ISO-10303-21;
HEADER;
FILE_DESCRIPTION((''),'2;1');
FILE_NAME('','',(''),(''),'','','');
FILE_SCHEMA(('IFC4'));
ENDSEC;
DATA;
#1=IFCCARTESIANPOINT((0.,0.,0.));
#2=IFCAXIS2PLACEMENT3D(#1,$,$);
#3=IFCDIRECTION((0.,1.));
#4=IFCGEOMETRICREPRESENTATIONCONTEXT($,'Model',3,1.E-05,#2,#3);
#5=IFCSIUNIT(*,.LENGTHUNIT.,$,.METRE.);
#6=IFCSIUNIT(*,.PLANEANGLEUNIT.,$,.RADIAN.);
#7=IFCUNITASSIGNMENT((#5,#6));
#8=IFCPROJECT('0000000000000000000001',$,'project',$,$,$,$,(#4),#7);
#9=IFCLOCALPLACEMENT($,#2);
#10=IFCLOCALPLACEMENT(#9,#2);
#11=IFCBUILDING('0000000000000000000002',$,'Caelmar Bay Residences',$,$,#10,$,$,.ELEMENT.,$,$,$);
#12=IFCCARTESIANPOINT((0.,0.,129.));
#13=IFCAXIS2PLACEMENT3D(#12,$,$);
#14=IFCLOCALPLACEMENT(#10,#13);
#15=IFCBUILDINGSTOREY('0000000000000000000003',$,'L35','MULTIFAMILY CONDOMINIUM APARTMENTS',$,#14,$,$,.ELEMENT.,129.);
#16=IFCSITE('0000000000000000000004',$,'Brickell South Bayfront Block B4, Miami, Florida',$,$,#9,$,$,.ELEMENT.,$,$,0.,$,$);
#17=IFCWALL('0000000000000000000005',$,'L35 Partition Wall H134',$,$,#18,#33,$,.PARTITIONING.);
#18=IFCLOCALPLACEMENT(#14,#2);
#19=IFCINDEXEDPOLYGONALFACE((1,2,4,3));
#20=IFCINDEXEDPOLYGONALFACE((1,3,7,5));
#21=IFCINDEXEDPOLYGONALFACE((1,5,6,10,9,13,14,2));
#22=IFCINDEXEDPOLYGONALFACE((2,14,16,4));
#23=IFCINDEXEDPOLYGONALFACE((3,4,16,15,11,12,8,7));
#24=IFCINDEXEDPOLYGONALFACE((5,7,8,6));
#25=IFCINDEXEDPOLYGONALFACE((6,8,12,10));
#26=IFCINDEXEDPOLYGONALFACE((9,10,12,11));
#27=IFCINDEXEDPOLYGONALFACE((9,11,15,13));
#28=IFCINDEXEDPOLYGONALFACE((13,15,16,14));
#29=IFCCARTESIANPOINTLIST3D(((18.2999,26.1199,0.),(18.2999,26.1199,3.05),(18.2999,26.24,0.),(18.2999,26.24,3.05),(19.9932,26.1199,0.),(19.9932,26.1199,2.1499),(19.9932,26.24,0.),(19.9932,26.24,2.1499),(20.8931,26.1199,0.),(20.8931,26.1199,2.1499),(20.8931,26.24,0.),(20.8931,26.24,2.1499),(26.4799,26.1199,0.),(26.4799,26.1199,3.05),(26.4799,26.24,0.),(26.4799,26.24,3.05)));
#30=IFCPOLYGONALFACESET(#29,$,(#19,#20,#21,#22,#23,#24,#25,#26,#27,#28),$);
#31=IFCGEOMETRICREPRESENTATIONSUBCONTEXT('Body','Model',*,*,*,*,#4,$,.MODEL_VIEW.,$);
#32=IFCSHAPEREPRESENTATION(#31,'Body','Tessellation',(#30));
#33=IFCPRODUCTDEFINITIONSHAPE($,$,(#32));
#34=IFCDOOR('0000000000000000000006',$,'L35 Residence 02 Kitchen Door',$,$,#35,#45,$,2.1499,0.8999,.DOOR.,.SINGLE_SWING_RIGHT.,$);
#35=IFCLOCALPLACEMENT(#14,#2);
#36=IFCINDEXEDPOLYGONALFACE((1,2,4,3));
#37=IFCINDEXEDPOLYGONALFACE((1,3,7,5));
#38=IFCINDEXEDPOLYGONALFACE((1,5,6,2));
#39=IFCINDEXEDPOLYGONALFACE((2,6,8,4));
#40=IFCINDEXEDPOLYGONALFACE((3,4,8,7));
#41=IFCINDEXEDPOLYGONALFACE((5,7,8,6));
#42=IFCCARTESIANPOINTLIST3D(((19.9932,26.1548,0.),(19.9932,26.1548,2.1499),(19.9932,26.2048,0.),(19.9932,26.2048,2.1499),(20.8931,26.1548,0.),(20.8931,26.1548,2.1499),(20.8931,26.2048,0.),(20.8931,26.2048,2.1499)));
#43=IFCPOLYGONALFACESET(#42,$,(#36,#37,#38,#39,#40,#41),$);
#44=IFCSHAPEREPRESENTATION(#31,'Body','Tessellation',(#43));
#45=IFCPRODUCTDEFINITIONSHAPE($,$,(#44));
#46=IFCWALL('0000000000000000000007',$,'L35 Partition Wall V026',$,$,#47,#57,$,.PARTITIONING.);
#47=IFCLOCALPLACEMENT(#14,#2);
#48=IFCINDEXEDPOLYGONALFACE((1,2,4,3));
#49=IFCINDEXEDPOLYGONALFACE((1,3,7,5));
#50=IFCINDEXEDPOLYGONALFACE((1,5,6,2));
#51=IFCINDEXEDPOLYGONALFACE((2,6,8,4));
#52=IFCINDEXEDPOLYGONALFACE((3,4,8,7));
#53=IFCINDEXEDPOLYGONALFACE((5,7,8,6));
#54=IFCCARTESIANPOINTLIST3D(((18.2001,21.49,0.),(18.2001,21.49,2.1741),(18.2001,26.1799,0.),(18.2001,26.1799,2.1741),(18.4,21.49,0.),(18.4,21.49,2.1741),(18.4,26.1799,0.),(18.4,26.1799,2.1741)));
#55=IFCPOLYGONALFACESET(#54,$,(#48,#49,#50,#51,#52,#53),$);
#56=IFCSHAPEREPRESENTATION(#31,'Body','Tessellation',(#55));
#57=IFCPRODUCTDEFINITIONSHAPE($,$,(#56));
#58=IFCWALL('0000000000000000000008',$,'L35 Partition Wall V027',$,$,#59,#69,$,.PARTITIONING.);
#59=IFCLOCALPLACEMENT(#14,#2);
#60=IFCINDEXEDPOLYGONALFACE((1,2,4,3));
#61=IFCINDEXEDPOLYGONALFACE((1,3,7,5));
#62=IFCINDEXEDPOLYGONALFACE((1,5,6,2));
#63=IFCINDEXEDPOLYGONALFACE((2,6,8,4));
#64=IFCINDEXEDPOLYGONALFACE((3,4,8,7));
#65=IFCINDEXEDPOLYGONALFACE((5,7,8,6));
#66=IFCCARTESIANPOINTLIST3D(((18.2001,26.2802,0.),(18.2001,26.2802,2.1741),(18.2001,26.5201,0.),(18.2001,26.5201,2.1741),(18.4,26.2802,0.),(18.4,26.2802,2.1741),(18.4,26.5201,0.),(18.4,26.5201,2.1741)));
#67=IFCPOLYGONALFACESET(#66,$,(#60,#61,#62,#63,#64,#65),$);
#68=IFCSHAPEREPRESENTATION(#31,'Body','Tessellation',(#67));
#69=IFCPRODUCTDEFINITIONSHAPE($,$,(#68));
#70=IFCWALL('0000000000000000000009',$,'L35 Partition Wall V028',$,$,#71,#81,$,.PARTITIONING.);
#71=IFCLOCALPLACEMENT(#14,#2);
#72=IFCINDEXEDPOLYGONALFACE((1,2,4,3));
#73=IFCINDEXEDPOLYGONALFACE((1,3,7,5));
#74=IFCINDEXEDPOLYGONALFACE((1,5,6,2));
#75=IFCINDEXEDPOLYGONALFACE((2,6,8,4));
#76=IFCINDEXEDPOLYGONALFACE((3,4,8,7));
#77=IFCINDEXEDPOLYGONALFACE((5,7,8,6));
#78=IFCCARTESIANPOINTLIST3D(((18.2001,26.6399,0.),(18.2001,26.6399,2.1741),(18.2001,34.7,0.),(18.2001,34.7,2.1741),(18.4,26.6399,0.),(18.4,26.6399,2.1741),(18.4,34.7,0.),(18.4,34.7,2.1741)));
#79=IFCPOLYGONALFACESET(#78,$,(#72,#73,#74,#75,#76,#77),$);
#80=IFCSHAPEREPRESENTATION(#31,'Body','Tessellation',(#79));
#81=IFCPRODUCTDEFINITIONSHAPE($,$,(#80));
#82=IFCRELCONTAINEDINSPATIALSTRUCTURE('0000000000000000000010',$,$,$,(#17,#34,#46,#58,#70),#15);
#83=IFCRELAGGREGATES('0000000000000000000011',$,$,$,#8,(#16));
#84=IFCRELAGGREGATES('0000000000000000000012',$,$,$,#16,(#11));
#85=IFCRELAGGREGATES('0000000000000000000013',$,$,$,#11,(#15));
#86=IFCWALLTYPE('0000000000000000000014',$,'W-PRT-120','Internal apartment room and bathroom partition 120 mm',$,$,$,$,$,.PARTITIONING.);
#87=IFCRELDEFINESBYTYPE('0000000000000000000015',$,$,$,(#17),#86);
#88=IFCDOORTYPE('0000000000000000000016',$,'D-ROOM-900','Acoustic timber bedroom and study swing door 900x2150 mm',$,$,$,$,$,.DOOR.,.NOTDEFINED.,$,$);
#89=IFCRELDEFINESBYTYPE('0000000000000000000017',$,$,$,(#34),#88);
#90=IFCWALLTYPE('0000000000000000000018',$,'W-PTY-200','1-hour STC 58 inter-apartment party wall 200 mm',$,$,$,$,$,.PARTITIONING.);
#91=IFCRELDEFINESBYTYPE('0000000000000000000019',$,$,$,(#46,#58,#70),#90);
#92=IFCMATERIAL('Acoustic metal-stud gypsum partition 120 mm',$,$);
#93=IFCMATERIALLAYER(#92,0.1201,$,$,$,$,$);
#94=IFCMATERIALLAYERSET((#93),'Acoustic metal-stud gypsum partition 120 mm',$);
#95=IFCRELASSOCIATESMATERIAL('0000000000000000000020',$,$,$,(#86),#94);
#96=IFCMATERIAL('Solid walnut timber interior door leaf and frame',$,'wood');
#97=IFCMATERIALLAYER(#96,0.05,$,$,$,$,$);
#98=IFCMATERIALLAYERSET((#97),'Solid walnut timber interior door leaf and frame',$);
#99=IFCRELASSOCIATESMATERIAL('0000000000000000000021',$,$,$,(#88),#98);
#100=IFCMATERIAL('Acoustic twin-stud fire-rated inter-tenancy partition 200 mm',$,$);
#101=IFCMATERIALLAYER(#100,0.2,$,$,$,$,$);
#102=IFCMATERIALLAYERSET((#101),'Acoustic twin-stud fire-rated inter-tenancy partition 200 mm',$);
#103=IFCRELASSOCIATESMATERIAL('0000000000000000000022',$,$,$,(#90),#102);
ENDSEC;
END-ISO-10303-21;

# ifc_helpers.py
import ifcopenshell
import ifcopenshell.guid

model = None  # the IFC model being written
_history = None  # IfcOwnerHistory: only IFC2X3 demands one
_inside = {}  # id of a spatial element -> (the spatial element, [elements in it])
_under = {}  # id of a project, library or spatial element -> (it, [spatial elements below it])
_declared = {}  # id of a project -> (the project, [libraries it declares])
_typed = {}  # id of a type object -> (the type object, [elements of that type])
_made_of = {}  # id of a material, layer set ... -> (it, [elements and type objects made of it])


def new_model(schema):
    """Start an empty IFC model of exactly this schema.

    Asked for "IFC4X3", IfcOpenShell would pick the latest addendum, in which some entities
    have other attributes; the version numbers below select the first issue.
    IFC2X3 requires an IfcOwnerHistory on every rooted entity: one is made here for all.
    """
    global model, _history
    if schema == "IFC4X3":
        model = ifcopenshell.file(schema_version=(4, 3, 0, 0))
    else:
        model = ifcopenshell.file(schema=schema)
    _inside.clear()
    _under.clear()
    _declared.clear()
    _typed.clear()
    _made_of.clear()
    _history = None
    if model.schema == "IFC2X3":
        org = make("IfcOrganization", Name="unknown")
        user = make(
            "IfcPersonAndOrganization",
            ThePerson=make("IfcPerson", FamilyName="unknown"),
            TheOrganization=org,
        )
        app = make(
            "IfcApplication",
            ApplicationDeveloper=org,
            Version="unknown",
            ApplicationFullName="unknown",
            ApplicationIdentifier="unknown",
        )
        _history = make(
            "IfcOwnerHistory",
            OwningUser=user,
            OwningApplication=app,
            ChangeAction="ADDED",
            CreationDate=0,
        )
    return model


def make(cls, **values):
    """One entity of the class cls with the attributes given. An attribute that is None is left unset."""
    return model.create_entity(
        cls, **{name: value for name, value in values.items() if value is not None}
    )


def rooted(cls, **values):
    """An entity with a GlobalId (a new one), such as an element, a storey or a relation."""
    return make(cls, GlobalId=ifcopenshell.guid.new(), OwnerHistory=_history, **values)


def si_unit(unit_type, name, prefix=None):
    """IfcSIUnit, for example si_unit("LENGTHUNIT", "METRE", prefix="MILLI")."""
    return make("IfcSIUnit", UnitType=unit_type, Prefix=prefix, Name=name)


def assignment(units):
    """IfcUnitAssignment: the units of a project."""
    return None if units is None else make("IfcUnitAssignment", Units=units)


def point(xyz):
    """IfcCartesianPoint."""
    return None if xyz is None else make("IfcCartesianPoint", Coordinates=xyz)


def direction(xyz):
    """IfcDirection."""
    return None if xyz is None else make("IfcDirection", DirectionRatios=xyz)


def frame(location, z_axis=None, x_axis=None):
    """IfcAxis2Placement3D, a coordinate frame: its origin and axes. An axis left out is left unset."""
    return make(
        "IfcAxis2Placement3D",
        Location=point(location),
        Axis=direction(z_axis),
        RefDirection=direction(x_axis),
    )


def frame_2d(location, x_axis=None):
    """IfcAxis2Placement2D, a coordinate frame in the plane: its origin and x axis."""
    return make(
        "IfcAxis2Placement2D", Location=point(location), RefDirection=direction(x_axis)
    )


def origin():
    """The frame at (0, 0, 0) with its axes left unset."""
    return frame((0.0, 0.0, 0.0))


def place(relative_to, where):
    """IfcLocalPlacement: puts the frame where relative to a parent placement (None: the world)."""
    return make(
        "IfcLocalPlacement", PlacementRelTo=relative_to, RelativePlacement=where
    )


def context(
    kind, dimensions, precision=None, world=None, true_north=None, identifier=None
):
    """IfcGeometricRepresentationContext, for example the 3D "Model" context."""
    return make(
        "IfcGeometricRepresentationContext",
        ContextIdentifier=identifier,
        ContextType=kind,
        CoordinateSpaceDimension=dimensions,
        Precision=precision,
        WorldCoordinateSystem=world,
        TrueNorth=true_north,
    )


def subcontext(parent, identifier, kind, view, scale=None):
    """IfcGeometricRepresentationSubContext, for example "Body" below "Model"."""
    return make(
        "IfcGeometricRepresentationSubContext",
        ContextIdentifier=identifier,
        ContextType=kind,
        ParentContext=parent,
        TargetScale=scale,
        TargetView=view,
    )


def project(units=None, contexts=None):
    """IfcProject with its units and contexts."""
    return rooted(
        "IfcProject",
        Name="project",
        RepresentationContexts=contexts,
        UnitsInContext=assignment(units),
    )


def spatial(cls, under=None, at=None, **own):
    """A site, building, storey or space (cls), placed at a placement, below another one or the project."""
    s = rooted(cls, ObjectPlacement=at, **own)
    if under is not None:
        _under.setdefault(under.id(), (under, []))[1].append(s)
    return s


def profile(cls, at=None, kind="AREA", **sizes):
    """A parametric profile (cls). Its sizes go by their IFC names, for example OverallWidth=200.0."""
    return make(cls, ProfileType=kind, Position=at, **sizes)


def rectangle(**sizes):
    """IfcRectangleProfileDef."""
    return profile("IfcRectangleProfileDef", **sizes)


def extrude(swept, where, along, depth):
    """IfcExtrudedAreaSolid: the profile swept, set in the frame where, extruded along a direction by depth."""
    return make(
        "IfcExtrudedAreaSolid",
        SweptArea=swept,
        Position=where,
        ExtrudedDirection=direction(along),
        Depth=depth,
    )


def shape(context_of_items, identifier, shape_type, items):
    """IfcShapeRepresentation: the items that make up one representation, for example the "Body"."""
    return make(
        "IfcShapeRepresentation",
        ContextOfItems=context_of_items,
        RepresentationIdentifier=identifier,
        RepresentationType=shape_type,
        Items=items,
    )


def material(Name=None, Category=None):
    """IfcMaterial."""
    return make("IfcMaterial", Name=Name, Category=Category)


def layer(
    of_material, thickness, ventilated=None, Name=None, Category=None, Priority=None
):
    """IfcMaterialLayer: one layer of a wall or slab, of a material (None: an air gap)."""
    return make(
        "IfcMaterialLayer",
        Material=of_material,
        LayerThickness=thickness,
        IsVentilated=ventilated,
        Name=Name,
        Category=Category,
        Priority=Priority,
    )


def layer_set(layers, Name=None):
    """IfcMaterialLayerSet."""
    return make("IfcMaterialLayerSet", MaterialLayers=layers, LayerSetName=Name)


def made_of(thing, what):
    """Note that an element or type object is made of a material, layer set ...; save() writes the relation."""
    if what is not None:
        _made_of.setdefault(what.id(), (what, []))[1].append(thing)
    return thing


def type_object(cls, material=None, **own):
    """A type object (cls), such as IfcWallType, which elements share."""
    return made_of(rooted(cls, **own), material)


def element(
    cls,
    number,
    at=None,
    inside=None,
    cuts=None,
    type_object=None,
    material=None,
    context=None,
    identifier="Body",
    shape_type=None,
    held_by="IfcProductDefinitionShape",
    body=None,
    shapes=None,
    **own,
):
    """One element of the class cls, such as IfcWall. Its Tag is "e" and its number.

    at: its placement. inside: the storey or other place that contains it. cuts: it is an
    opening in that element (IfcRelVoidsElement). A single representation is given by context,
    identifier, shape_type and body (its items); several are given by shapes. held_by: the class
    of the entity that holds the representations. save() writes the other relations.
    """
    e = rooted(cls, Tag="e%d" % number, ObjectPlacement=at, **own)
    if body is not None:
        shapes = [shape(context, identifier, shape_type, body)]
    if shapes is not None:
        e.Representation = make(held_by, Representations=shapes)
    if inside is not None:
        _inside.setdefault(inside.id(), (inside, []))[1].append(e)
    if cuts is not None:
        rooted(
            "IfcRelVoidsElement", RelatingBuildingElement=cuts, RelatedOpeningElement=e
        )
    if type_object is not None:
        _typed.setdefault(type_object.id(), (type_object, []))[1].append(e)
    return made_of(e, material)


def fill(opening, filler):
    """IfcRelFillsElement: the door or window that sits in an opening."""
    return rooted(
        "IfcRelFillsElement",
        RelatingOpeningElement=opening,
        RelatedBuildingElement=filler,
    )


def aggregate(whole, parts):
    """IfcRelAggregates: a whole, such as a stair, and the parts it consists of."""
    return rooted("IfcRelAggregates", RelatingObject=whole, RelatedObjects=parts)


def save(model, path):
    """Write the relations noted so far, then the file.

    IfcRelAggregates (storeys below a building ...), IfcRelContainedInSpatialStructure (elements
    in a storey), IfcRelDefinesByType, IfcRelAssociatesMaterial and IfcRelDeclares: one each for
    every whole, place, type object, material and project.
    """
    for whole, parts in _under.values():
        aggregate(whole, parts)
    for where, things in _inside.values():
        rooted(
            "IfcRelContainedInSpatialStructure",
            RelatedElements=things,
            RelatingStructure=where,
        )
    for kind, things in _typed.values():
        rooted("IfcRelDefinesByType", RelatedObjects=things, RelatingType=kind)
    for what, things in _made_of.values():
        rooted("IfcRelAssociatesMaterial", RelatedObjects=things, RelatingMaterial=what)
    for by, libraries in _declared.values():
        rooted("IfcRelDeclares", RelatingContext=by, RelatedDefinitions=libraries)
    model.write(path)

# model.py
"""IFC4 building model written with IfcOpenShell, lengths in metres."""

from ifc_helpers import new_model, si_unit, direction, frame, frame_2d, origin, place, context, subcontext, project, spatial, rectangle, extrude, material, layer, layer_set, type_object, element, fill, save


model = new_model("IFC4")

# Units and contexts
model_context = context("Model", 3, precision=1e-05, world=origin(), true_north=direction((0.0, 1.0)))
body_context = subcontext(model_context, "Body", "Model", "MODEL_VIEW")
ifc_project = project(units=[si_unit("LENGTHUNIT", "METRE"), si_unit("PLANEANGLEUNIT", "RADIAN")], contexts=[model_context])

# Site, building, storey
site_placement = place(None, origin())
site = spatial("IfcSite", under=ifc_project, at=site_placement, Name="Brickell South Bayfront Block B4, Miami, Florida", CompositionType="ELEMENT", RefElevation=0.0)
building_placement = place(site_placement, origin())
building = spatial("IfcBuilding", under=site, at=building_placement, Name="Caelmar Bay Residences", CompositionType="ELEMENT")
storey_placement = place(building_placement, frame((0.0, 0.0, 129.0)))
storey = spatial("IfcBuildingStorey", under=building, at=storey_placement, Name="L35", Description="MULTIFAMILY CONDOMINIUM APARTMENTS", CompositionType="ELEMENT", Elevation=129.0)

# Shared definitions
ifc_material_1 = material(Name="Acoustic metal-stud gypsum partition 120 mm")
ifc_layer_1 = layer(ifc_material_1, 0.1201)
ifc_layer_set_1 = layer_set([ifc_layer_1], Name="Acoustic metal-stud gypsum partition 120 mm")
wall_type_1 = type_object("IfcWallType", Name="W-PRT-120", Description="Internal apartment room and bathroom partition 120 mm", PredefinedType="PARTITIONING", material=ifc_layer_set_1)
ifc_material_2 = material(Name="Solid walnut timber interior door leaf and frame", Category="wood")
ifc_layer_2 = layer(ifc_material_2, 0.05)
ifc_layer_set_2 = layer_set([ifc_layer_2], Name="Solid walnut timber interior door leaf and frame")
door_type_1 = type_object("IfcDoorType", Name="D-ROOM-900", Description="Acoustic timber bedroom and study swing door 900x2150 mm", OperationType="NOTDEFINED", PredefinedType="DOOR", material=ifc_layer_set_2)

# Wall, opening, door
wall_1_placement = place(storey_placement, frame((18.3, 26.1799, 0.0), z_axis=(0.0, 0.0, 1.0), x_axis=(1.0, 0.0, 0.0)))
wall_1 = element("IfcWall", 1, at=wall_1_placement, inside=storey, type_object=wall_type_1, Name="L35 Partition Wall H134", PredefinedType="PARTITIONING", context=body_context, shape_type="SweptSolid", body=[
    extrude(rectangle(XDim=8.1799, YDim=0.1201, at=frame_2d((4.0898, 0.0))), origin(), (0.0, 0.0, 1.0), 3.05),
])
opening_1_placement = place(wall_1_placement, frame((1.6931, 0.0, 0.0)))
opening_1 = element("IfcOpeningElement", 2, at=opening_1_placement, cuts=wall_1, PredefinedType="OPENING", context=body_context, shape_type="SweptSolid", body=[
    extrude(rectangle(XDim=0.8999, YDim=2.1499, at=frame_2d((0.45, 1.075))), frame((0.0, 0.0701, 0.0), z_axis=(0.0, -1.0, 0.0), x_axis=(1.0, 0.0, 0.0)), (0.0, 0.0, 1.0), 0.1401),
])
door_1_placement = place(opening_1_placement, origin())
door_1 = element("IfcDoor", 3, at=door_1_placement, inside=storey, type_object=door_type_1, Name="L35 Residence 02 Kitchen Door", OperationType="SINGLE_SWING_RIGHT", OverallHeight=2.1499, OverallWidth=0.8999, PredefinedType="DOOR", context=body_context, shape_type="SweptSolid", body=[
    extrude(rectangle(XDim=0.8999, YDim=2.1499, at=frame_2d((0.45, 1.075))), frame((0.0, 0.0249, 0.0), z_axis=(0.0, -1.0, 0.0), x_axis=(1.0, 0.0, 0.0)), (0.0, 0.0, 1.0), 0.05),
])
fill(opening_1, door_1)

# Walls
ifc_material_3 = material(Name="Acoustic twin-stud fire-rated inter-tenancy partition 200 mm")
ifc_layer_3 = layer(ifc_material_3, 0.2)
ifc_layer_set_3 = layer_set([ifc_layer_3], Name="Acoustic twin-stud fire-rated inter-tenancy partition 200 mm")
wall_type_2 = type_object("IfcWallType", Name="W-PTY-200", Description="1-hour STC 58 inter-apartment party wall 200 mm", PredefinedType="PARTITIONING", material=ifc_layer_set_3)
wall_2_placement = place(storey_placement, frame((18.3, 21.49, 0.0), z_axis=(0.0, 0.0, 1.0), x_axis=(0.0, 1.0, 0.0)))
element("IfcWall", 4, at=wall_2_placement, inside=storey, type_object=wall_type_2, Name="L35 Partition Wall V026", PredefinedType="PARTITIONING", context=body_context, shape_type="SweptSolid", body=[
    extrude(rectangle(XDim=4.6899, YDim=0.2, at=frame_2d((2.345, 0.0))), origin(), (0.0, 0.0, 1.0), 2.1741),
])
wall_3_placement = place(storey_placement, frame((18.3, 26.28, 0.0), z_axis=(0.0, 0.0, 1.0), x_axis=(0.0, 1.0, 0.0)))
element("IfcWall", 5, at=wall_3_placement, inside=storey, type_object=wall_type_2, Name="L35 Partition Wall V027", PredefinedType="PARTITIONING", context=body_context, shape_type="SweptSolid", body=[
    extrude(rectangle(XDim=0.24, YDim=0.2, at=frame_2d((0.1201, 0.0))), origin(), (0.0, 0.0, 1.0), 2.1741),
])
wall_4_placement = place(storey_placement, frame((18.3, 26.6399, 0.0), z_axis=(0.0, 0.0, 1.0), x_axis=(0.0, 1.0, 0.0)))
element("IfcWall", 6, at=wall_4_placement, inside=storey, type_object=wall_type_2, Name="L35 Partition Wall V028", PredefinedType="PARTITIONING", context=body_context, shape_type="SweptSolid", body=[
    extrude(rectangle(XDim=8.0601, YDim=0.2, at=frame_2d((4.03, 0.0))), origin(), (0.0, 0.0, 1.0), 2.1741),
])

save(model, "model.ifc")
